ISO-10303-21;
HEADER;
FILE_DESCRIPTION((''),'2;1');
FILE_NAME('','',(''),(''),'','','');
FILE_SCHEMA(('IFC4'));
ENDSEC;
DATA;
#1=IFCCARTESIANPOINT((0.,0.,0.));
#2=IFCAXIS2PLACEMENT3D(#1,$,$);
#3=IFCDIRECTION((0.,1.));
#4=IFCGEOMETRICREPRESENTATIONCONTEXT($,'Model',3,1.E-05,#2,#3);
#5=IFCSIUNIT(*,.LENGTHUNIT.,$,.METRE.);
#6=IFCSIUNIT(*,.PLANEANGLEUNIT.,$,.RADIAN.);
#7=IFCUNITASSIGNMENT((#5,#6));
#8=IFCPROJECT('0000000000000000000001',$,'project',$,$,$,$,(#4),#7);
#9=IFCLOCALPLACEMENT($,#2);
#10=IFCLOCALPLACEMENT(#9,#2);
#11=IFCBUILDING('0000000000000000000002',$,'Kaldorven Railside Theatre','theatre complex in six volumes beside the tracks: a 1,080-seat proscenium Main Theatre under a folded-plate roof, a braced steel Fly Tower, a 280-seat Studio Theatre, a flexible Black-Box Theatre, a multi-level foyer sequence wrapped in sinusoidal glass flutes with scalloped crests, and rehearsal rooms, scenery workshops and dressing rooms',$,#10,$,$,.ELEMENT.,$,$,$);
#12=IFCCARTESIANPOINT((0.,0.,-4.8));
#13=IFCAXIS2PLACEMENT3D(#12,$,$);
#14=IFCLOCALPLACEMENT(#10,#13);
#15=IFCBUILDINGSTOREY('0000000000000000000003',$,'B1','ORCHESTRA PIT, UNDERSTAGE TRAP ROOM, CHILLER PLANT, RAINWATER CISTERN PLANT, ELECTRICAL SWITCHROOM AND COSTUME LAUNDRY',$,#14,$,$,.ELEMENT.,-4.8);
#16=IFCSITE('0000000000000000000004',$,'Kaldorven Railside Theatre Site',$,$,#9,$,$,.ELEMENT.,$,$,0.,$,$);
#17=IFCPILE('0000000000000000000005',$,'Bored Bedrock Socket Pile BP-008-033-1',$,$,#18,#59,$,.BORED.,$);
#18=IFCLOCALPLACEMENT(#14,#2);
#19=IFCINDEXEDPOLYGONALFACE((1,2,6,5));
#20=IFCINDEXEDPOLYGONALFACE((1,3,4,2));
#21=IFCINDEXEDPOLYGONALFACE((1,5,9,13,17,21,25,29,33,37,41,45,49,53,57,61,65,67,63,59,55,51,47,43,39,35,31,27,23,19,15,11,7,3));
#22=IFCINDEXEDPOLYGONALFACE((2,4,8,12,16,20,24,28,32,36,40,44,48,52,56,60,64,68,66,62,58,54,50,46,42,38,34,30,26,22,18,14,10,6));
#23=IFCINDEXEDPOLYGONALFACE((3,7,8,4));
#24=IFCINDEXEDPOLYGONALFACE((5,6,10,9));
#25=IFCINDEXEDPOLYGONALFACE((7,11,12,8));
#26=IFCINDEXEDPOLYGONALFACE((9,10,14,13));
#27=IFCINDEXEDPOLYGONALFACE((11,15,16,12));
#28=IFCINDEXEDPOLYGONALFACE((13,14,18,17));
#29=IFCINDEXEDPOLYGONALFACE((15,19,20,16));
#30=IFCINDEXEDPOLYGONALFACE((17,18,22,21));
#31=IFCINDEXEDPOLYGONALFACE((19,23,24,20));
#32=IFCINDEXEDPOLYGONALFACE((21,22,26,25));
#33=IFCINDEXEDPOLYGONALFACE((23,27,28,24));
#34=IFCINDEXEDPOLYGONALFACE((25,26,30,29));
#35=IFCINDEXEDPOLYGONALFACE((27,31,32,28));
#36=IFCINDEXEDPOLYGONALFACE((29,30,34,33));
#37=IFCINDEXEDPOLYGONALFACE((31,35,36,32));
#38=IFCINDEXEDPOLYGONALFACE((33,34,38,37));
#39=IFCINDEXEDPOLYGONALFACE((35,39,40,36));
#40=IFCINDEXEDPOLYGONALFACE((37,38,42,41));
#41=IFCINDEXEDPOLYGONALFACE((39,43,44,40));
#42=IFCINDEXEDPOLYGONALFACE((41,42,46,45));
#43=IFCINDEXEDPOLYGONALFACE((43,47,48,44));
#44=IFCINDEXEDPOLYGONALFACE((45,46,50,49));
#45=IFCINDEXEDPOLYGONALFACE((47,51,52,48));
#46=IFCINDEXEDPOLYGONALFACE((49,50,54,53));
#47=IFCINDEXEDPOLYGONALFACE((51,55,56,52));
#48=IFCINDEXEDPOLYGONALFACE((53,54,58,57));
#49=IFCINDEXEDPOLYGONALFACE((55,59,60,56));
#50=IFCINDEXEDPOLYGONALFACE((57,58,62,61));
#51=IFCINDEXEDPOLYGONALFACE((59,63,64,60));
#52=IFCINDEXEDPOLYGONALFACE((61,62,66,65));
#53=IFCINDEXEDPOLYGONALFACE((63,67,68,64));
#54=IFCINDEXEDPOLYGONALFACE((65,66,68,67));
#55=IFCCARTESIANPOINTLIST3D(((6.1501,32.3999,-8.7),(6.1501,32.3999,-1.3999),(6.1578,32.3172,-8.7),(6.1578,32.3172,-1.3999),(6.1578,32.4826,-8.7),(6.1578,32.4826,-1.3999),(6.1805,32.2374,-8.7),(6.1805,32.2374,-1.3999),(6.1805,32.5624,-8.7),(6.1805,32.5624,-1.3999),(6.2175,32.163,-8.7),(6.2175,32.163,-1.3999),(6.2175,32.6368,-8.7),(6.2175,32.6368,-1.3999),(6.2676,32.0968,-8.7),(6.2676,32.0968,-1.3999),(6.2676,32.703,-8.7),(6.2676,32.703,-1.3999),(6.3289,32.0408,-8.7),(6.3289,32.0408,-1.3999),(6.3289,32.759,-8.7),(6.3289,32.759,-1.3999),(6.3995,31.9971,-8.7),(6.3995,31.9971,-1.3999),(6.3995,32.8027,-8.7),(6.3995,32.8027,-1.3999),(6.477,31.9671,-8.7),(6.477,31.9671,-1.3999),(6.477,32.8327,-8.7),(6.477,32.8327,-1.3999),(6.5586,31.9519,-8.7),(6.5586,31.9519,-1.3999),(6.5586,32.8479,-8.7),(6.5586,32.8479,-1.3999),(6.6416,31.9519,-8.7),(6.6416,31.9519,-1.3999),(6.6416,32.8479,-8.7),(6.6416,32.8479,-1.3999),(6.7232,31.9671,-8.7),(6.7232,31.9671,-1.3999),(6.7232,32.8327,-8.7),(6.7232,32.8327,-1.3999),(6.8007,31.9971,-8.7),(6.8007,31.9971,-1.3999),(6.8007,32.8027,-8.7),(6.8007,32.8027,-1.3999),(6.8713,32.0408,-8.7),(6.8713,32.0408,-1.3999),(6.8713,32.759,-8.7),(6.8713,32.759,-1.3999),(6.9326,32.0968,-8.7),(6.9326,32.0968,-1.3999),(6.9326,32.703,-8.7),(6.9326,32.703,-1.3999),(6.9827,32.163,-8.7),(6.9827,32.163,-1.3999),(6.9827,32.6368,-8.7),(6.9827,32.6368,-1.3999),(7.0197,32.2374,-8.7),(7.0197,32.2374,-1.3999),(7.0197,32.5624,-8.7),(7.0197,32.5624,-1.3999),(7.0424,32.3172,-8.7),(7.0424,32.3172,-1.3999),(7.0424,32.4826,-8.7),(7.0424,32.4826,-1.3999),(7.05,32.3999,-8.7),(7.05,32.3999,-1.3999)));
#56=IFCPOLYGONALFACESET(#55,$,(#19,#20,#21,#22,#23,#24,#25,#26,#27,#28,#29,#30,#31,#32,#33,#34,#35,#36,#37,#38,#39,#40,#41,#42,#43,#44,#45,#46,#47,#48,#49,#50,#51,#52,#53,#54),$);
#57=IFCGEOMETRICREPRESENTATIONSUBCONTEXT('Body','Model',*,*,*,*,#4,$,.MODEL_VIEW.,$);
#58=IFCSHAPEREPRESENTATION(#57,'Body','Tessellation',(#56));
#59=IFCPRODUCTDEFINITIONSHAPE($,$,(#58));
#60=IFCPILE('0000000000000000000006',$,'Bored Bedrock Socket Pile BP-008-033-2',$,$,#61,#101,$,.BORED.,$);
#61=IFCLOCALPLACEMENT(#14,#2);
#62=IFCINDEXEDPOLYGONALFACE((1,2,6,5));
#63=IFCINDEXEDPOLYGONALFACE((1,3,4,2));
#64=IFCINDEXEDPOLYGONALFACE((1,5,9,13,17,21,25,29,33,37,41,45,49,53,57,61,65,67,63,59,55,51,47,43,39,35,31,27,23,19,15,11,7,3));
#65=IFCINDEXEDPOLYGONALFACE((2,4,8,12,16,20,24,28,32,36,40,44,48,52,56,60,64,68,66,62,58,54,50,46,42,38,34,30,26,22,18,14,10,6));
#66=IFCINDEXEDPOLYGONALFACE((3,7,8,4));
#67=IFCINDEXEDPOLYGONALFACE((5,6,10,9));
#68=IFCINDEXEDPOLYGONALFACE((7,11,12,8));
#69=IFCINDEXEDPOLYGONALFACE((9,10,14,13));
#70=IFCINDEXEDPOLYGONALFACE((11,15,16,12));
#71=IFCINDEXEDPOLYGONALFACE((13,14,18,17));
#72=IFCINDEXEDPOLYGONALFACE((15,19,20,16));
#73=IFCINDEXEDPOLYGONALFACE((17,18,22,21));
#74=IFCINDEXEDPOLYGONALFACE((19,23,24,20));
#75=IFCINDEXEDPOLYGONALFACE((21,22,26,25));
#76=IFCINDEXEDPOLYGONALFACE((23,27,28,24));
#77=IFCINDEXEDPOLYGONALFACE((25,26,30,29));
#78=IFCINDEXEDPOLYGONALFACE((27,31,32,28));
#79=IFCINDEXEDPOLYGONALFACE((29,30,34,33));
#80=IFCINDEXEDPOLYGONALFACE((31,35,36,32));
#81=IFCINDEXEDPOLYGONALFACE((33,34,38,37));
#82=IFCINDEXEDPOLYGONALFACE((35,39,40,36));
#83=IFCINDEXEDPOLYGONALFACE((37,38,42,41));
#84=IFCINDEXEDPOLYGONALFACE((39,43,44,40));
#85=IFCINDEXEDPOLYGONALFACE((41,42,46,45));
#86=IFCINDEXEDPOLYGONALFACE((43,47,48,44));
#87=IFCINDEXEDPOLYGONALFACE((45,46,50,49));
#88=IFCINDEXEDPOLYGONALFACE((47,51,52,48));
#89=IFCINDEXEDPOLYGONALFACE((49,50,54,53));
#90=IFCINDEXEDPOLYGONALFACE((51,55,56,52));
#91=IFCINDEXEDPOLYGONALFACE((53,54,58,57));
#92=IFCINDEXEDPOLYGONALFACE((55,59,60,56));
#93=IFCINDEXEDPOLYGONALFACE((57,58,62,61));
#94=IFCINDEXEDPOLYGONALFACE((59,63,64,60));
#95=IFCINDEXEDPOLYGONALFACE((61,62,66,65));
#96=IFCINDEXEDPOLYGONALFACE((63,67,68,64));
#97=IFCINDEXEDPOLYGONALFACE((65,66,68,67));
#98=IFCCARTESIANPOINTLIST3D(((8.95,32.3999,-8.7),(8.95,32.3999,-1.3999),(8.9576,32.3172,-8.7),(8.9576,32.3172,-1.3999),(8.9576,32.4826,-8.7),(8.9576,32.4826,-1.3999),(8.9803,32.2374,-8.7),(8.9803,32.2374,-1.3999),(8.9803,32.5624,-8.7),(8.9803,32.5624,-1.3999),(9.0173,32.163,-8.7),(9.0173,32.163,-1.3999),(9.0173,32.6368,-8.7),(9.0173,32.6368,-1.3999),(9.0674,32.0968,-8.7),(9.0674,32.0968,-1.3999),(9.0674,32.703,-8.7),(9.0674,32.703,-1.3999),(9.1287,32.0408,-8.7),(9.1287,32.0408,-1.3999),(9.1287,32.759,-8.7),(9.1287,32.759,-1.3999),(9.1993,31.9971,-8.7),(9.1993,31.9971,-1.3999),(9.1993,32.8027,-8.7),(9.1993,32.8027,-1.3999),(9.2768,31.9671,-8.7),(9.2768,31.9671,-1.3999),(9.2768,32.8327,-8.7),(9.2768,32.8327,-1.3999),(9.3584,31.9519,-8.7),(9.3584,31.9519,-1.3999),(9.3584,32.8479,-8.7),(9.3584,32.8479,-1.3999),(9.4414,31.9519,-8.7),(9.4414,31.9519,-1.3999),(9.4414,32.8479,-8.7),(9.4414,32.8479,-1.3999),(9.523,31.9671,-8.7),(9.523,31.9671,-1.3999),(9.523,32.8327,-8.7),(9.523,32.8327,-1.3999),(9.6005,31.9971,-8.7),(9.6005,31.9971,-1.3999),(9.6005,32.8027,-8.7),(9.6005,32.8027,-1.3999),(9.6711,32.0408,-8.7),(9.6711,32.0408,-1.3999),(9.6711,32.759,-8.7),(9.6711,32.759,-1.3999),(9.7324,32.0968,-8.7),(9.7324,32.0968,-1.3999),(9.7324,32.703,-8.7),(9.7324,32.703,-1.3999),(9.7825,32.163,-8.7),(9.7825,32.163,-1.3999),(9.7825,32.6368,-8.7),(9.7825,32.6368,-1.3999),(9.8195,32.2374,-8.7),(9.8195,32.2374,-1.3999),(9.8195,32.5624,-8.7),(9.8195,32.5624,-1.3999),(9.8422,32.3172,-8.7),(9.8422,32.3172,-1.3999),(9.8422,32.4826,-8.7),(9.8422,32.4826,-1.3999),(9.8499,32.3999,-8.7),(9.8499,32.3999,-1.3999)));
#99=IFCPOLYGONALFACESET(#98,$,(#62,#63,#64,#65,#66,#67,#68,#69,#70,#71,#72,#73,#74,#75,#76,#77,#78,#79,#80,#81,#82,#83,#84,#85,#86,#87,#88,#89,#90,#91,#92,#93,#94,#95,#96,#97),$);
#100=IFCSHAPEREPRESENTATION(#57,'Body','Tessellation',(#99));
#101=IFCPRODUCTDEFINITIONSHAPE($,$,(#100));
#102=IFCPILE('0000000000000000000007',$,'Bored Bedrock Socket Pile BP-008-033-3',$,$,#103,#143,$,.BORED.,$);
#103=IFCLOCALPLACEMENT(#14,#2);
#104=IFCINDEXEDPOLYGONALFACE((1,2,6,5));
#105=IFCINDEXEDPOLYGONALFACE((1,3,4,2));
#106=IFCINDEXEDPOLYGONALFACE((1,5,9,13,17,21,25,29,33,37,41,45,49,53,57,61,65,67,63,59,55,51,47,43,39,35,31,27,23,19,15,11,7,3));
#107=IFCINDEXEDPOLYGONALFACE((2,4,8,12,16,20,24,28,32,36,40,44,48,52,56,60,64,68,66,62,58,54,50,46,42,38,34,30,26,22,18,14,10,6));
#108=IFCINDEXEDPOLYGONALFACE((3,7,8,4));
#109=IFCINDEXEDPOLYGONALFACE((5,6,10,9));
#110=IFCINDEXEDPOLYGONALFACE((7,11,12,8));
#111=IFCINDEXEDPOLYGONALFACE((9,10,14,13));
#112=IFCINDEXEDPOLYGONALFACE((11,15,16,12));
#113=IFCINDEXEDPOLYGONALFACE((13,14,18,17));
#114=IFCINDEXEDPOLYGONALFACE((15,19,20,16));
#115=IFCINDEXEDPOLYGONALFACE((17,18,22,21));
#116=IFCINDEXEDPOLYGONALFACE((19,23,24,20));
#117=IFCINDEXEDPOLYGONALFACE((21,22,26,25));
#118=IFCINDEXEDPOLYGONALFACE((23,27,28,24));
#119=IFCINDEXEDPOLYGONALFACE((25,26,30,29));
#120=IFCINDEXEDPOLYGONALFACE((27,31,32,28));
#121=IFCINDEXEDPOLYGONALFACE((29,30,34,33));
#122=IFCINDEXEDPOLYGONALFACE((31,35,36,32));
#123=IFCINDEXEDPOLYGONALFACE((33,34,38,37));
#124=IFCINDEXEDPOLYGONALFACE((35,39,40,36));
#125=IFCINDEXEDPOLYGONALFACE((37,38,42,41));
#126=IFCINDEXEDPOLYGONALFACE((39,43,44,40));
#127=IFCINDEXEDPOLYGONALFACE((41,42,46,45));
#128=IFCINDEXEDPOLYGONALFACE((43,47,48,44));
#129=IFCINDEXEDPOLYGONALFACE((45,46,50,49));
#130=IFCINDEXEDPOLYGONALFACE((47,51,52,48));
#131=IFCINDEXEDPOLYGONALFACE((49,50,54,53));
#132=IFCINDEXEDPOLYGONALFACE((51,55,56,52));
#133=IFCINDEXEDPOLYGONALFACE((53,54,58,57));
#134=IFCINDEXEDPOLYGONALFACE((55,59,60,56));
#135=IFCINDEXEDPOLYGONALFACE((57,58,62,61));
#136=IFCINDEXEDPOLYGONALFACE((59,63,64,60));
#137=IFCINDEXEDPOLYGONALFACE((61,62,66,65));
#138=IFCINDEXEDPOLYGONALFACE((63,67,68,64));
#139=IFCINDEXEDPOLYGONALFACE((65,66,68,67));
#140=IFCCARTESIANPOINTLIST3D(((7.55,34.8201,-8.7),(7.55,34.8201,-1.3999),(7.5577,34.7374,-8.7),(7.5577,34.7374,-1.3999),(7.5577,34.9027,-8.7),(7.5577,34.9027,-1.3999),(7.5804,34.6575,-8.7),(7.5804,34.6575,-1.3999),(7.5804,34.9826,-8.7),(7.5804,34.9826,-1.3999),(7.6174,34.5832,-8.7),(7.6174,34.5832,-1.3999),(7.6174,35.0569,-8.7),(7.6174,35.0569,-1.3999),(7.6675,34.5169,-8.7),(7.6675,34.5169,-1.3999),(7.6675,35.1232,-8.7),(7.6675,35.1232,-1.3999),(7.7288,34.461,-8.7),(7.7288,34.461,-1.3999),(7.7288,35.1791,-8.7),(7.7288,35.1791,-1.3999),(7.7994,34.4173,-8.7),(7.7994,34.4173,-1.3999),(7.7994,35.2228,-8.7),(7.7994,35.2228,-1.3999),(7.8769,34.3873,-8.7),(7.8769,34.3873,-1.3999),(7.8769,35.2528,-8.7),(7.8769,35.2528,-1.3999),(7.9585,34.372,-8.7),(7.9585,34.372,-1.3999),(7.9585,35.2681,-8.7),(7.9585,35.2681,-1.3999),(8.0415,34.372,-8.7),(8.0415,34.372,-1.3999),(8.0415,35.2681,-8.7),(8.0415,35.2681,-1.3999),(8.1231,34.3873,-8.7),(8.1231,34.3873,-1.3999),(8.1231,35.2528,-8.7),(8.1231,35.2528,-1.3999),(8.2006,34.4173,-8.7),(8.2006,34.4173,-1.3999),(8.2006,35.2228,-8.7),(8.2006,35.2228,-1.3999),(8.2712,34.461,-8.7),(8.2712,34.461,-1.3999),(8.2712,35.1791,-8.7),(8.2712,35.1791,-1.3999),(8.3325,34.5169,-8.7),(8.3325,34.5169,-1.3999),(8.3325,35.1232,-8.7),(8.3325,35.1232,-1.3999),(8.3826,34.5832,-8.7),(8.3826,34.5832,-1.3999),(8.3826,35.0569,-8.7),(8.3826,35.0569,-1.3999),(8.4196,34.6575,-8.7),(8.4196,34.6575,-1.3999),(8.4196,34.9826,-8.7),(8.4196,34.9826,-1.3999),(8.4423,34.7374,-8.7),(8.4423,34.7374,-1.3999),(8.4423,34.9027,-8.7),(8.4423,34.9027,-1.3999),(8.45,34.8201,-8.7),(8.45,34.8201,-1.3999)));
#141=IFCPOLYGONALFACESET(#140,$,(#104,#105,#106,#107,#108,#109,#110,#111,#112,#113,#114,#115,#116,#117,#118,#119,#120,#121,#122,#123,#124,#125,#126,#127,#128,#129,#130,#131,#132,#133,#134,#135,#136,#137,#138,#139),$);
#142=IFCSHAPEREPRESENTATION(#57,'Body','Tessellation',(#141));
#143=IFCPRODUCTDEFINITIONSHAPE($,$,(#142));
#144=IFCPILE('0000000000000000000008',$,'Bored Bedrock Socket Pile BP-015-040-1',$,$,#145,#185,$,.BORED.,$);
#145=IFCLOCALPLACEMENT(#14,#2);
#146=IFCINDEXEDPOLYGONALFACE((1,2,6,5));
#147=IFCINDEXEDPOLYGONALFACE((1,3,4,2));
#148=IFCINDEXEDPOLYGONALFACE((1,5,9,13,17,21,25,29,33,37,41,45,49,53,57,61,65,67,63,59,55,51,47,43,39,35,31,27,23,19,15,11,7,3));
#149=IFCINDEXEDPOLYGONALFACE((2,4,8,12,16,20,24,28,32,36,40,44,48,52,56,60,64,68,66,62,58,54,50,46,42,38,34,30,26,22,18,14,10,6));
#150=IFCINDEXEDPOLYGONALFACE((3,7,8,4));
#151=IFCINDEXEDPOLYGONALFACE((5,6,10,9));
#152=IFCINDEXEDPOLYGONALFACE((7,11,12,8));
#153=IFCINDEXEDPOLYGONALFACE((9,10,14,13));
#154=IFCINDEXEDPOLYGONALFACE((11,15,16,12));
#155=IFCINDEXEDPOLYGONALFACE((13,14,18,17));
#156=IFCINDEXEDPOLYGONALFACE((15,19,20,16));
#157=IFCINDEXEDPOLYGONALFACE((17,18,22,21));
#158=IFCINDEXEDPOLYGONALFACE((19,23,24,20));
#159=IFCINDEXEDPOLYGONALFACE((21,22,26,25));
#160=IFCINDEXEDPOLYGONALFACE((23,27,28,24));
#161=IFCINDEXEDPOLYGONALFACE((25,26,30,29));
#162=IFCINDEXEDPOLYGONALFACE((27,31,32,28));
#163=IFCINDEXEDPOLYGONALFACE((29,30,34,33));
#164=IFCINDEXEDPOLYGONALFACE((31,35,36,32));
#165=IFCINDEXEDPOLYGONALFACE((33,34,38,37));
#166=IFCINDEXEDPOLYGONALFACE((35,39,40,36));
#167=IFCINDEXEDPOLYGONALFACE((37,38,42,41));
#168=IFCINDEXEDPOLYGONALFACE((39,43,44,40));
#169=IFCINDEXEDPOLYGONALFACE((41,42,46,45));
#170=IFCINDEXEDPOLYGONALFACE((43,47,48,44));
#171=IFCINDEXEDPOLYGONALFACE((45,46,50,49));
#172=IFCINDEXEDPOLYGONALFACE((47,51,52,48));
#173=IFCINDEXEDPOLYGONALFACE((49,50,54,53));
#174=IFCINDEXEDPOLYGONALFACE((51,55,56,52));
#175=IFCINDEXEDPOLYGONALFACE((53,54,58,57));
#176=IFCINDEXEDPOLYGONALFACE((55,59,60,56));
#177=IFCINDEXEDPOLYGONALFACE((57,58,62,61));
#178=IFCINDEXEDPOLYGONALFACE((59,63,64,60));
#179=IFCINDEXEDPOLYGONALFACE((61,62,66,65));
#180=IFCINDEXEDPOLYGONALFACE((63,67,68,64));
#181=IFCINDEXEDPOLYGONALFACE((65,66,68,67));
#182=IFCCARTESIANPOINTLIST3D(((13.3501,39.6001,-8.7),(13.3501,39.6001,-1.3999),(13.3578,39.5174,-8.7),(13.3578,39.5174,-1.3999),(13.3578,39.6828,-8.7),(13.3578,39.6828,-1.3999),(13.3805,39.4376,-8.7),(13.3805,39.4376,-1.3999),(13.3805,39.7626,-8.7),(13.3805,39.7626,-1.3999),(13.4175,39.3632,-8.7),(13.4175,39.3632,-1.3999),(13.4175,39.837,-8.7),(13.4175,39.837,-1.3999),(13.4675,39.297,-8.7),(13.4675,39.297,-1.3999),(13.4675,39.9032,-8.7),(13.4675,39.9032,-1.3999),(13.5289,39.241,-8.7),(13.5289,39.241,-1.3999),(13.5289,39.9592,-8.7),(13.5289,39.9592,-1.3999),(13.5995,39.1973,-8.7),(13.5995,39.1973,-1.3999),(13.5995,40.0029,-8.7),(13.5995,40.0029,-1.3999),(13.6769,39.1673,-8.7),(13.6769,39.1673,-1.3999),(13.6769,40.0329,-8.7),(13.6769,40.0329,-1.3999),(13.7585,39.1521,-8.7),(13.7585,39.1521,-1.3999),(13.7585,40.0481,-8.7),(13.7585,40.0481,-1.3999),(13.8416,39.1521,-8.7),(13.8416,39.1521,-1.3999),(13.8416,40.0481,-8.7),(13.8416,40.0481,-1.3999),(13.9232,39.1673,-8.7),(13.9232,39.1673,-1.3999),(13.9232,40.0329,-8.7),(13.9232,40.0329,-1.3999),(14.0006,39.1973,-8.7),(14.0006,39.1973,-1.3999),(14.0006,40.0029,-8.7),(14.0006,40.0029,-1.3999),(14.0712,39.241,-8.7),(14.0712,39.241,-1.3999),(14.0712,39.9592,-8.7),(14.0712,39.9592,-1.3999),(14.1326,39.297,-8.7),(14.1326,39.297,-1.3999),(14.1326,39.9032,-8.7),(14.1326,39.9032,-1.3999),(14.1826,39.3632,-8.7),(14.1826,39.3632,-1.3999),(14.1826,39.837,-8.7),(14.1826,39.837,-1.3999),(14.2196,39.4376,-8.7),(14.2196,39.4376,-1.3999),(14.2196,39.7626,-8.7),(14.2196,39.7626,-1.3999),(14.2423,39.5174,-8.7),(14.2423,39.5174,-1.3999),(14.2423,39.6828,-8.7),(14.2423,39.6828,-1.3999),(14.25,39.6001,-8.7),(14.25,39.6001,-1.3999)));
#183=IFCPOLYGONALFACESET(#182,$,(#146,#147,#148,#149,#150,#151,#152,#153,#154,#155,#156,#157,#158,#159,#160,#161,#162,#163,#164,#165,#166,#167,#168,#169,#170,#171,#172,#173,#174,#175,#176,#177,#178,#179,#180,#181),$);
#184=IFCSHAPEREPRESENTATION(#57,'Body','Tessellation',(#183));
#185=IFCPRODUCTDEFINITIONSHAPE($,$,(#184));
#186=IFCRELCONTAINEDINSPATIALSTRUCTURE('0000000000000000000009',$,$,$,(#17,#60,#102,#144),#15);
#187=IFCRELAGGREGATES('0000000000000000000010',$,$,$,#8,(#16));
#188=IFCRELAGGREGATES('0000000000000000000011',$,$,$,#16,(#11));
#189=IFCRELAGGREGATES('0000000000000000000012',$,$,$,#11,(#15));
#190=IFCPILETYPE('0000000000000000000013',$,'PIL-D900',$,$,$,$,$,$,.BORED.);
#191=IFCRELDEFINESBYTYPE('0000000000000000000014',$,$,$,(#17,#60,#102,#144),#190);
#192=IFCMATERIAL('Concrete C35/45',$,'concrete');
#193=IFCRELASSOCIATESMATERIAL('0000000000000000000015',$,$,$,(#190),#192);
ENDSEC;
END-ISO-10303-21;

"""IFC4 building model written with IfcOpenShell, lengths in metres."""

from ifc_helpers import new_model, si_unit, direction, frame, origin, origin_2d, place, context, subcontext, project, spatial, circle, extrude, material, material_profile, profile_set, type_object, element, save


model = new_model("IFC4")

# Units and contexts
model_context = context("Model", 3, precision=1e-05, world=origin(), true_north=direction((0.0, 1.0)))
body_context = subcontext(model_context, "Body", "Model", "MODEL_VIEW")
ifc_project = project(units=[si_unit("LENGTHUNIT", "METRE"), si_unit("PLANEANGLEUNIT", "RADIAN")], contexts=[model_context])

# Site, building, storey
site_placement = place(None, origin())
site = spatial("IfcSite", under=ifc_project, at=site_placement, Name="Kaldorven Railside Theatre Site", CompositionType="ELEMENT", RefElevation=0.0)
building_placement = place(site_placement, origin())
building = spatial("IfcBuilding", under=site, at=building_placement, Name="Kaldorven Railside Theatre", Description="theatre complex in six volumes beside the tracks: a 1,080-seat proscenium Main Theatre under a folded-plate roof, a braced steel Fly Tower, a 280-seat Studio Theatre, a flexible Black-Box Theatre, a multi-level foyer sequence wrapped in sinusoidal glass flutes with scalloped crests, and rehearsal rooms, scenery workshops and dressing rooms", CompositionType="ELEMENT")
storey_placement = place(building_placement, frame((0.0, 0.0, -4.8)))
storey = spatial("IfcBuildingStorey", under=building, at=storey_placement, Name="B1", Description="ORCHESTRA PIT, UNDERSTAGE TRAP ROOM, CHILLER PLANT, RAINWATER CISTERN PLANT, ELECTRICAL SWITCHROOM AND COSTUME LAUNDRY", CompositionType="ELEMENT", Elevation=-4.8)

# Piles
ifc_material_1 = material(Name="Concrete C35/45", Category="concrete")
ifc_material_profile_1 = material_profile(ifc_material_1, circle(Radius=0.45, at=origin_2d()), Name="BP D900")
ifc_profile_set_1 = profile_set([ifc_material_profile_1], Name="Concrete C35/45")
pile_type_1 = type_object("IfcPileType", Name="PIL-D900", PredefinedType="BORED", material=ifc_profile_set_1)
for number, where, z_axis, x_axis, name in (
    (1, (6.6001, 32.3999, -1.3999), (0.0, 0.0, -1.0), (1.0, 0.0, 0.0), "Bored Bedrock Socket Pile BP-008-033-1"),
    (2, (9.3999, 32.3999, -1.3999), (0.0, 0.0, -1.0), (1.0, 0.0, 0.0), "Bored Bedrock Socket Pile BP-008-033-2"),
    (3, (8.0, 34.8201, -1.3999), (0.0, 0.0, -1.0), (1.0, 0.0, 0.0), "Bored Bedrock Socket Pile BP-008-033-3"),
    (4, (13.8, 39.6001, -1.3999), (0.0, 0.0, -1.0), (1.0, 0.0, 0.0), "Bored Bedrock Socket Pile BP-015-040-1"),
):
    element("IfcPile", number, at=place(storey_placement, frame(where, z_axis=z_axis, x_axis=x_axis)), inside=storey, type_object=pile_type_1, Name=name, PredefinedType="BORED", context=body_context, shape_type="SweptSolid", body=[
        extrude(circle(Radius=0.45, at=origin_2d()), origin(), (0.0, 0.0, 1.0), 7.3),
    ])

save(model, "model.ifc")
